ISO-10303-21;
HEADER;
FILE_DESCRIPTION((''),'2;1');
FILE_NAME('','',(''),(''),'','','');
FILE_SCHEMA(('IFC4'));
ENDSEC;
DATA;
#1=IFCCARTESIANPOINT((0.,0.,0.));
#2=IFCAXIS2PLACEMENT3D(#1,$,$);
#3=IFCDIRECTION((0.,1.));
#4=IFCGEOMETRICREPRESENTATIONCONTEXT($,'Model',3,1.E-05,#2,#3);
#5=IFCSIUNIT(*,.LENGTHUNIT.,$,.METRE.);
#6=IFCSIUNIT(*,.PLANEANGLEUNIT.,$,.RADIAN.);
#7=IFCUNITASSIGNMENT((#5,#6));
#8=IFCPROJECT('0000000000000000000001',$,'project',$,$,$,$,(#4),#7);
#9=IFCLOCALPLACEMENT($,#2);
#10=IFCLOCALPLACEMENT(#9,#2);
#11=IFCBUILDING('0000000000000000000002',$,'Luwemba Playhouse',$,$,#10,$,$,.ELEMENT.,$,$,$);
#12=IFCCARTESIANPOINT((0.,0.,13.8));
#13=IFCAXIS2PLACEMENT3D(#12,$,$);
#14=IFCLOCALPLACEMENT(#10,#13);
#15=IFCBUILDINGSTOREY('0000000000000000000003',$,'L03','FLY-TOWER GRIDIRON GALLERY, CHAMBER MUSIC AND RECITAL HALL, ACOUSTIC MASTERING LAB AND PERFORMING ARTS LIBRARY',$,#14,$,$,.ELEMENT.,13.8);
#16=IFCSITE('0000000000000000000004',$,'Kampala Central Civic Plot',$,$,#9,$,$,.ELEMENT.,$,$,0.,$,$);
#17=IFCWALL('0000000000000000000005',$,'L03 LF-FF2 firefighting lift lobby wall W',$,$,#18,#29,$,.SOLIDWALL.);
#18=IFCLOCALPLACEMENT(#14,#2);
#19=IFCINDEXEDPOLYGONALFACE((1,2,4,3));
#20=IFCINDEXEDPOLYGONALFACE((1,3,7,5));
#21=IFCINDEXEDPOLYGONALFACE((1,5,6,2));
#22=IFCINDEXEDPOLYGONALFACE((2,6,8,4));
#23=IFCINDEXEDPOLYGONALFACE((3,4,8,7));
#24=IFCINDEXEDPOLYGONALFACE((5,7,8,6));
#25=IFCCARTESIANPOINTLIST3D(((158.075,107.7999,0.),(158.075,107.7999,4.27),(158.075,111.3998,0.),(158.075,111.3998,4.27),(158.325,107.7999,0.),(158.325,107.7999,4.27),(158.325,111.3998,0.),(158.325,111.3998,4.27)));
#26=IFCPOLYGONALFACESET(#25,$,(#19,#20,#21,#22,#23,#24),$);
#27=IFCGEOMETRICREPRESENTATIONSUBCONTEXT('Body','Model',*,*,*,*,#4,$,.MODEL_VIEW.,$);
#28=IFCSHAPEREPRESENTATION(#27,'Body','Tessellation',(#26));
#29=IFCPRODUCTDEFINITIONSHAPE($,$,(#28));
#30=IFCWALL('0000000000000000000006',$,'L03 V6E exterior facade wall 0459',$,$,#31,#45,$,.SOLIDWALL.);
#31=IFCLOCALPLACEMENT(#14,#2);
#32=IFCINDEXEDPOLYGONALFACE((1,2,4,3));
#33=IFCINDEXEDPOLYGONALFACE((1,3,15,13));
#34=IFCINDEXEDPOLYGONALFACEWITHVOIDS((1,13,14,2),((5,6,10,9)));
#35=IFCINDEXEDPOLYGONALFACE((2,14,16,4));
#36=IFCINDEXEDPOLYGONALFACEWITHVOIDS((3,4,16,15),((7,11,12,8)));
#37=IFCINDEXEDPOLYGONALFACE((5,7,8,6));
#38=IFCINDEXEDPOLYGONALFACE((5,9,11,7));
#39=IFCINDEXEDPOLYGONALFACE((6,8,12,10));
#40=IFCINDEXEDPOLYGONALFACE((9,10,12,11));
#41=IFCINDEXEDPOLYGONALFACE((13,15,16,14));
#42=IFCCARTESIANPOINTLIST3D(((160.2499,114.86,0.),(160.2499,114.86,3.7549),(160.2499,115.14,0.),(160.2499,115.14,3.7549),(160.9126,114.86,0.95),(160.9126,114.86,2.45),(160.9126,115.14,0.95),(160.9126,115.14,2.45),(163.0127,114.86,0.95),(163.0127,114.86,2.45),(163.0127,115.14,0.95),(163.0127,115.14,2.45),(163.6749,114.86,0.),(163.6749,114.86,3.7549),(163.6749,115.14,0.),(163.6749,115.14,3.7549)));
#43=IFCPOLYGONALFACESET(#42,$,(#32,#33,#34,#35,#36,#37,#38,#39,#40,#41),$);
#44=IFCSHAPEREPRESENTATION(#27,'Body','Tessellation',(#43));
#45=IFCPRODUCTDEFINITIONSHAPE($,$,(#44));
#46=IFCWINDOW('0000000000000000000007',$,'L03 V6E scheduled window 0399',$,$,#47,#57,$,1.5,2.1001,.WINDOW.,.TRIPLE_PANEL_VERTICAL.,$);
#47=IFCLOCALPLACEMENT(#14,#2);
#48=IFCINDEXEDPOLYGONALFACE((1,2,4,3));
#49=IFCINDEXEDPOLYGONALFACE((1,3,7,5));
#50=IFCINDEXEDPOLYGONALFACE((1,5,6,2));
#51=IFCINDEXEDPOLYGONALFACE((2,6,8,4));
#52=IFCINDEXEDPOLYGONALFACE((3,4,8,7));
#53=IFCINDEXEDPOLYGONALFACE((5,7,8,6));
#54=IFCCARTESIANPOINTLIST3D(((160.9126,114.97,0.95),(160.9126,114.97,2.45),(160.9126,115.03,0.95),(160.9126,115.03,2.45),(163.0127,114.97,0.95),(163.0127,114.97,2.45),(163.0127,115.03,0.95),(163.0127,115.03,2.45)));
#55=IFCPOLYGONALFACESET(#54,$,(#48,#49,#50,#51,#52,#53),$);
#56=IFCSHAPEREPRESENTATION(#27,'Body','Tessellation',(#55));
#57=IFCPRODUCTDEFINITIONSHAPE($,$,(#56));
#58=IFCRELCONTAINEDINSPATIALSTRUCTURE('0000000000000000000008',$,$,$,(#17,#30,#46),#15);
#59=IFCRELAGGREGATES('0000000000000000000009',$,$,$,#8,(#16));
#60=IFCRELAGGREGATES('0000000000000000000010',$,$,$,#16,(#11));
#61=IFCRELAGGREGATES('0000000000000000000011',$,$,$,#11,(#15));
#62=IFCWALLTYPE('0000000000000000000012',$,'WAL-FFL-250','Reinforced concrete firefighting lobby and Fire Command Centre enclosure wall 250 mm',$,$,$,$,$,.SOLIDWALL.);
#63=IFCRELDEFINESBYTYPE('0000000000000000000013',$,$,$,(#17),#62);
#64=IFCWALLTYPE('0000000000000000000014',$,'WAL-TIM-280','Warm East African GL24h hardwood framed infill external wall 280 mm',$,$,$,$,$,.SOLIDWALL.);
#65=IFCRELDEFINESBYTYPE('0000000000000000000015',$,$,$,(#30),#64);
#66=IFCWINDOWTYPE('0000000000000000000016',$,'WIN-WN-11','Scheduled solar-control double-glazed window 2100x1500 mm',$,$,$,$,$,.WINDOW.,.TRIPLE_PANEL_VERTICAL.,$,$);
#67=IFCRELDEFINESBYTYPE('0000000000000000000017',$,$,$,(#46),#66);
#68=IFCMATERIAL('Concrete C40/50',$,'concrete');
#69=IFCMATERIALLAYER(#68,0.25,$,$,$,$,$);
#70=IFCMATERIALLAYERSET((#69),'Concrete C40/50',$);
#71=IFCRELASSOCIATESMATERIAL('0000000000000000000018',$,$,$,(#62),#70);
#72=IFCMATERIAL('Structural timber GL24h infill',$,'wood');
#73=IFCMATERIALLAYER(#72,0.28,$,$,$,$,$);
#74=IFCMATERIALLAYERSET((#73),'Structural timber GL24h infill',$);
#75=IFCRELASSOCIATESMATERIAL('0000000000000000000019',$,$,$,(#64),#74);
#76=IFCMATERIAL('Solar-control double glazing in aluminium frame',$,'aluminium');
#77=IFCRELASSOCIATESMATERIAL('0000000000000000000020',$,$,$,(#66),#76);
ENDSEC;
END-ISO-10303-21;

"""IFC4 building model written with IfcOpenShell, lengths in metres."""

from ifc_helpers import new_model, si_unit, direction, frame, frame_2d, origin, place, context, subcontext, project, spatial, rectangle, extrude, material, layer, layer_set, type_object, element, fill, save


model = new_model("IFC4")

# Units and contexts
model_context = context("Model", 3, precision=1e-05, world=origin(), true_north=direction((0.0, 1.0)))
body_context = subcontext(model_context, "Body", "Model", "MODEL_VIEW")
ifc_project = project(units=[si_unit("LENGTHUNIT", "METRE"), si_unit("PLANEANGLEUNIT", "RADIAN")], contexts=[model_context])

# Site, building, storey
site_placement = place(None, origin())
site = spatial("IfcSite", under=ifc_project, at=site_placement, Name="Kampala Central Civic Plot", CompositionType="ELEMENT", RefElevation=0.0)
building_placement = place(site_placement, origin())
building = spatial("IfcBuilding", under=site, at=building_placement, Name="Luwemba Playhouse", CompositionType="ELEMENT")
storey_placement = place(building_placement, frame((0.0, 0.0, 13.8)))
storey = spatial("IfcBuildingStorey", under=building, at=storey_placement, Name="L03", Description="FLY-TOWER GRIDIRON GALLERY, CHAMBER MUSIC AND RECITAL HALL, ACOUSTIC MASTERING LAB AND PERFORMING ARTS LIBRARY", CompositionType="ELEMENT", Elevation=13.8)

# Shared definitions
ifc_material_1 = material(Name="Concrete C40/50", Category="concrete")

# Shared definitions
ifc_material_2 = material(Name="Solar-control double glazing in aluminium frame", Category="aluminium")

# Wall
ifc_layer_1 = layer(ifc_material_1, 0.25)
ifc_layer_set_1 = layer_set([ifc_layer_1], Name="Concrete C40/50")
wall_type_1 = type_object("IfcWallType", Name="WAL-FFL-250", Description="Reinforced concrete firefighting lobby and Fire Command Centre enclosure wall 250 mm", PredefinedType="SOLIDWALL", material=ifc_layer_set_1)
wall_1_placement = place(storey_placement, frame((158.2, 107.8, 0.0), z_axis=(0.0, 0.0, 1.0), x_axis=(0.0, 1.0, 0.0)))
element("IfcWall", 1, at=wall_1_placement, inside=storey, type_object=wall_type_1, Name="L03 LF-FF2 firefighting lift lobby wall W", PredefinedType="SOLIDWALL", context=body_context, shape_type="SweptSolid", body=[
    extrude(rectangle(XDim=3.5999, YDim=0.25, at=frame_2d((1.7998, 0.0))), origin(), (0.0, 0.0, 1.0), 4.27),
])

# Wall, opening, window
ifc_material_3 = material(Name="Structural timber GL24h infill", Category="wood")
ifc_layer_2 = layer(ifc_material_3, 0.28)
ifc_layer_set_2 = layer_set([ifc_layer_2], Name="Structural timber GL24h infill")
wall_type_2 = type_object("IfcWallType", Name="WAL-TIM-280", Description="Warm East African GL24h hardwood framed infill external wall 280 mm", PredefinedType="SOLIDWALL", material=ifc_layer_set_2)
wall_2_placement = place(storey_placement, frame((160.25, 115.0, 0.0), z_axis=(0.0, 0.0, 1.0), x_axis=(1.0, 0.0, 0.0)))
wall_2 = element("IfcWall", 2, at=wall_2_placement, inside=storey, type_object=wall_type_2, Name="L03 V6E exterior facade wall 0459", PredefinedType="SOLIDWALL", context=body_context, shape_type="SweptSolid", body=[
    extrude(rectangle(XDim=3.425, YDim=0.28, at=frame_2d((1.7124, 0.0))), origin(), (0.0, 0.0, 1.0), 3.7549),
])
opening_1_placement = place(wall_2_placement, frame((0.6626, 0.0, 0.95)))
opening_1 = element("IfcOpeningElement", 3, at=opening_1_placement, cuts=wall_2, PredefinedType="OPENING", context=body_context, shape_type="SweptSolid", body=[
    extrude(rectangle(XDim=2.1001, YDim=1.5, at=frame_2d((1.05, 0.75))), frame((0.0, 0.1499, 0.0), z_axis=(0.0, -1.0, 0.0), x_axis=(1.0, 0.0, 0.0)), (0.0, 0.0, 1.0), 0.3),
])
window_type_1 = type_object("IfcWindowType", Name="WIN-WN-11", Description="Scheduled solar-control double-glazed window 2100x1500 mm", PartitioningType="TRIPLE_PANEL_VERTICAL", PredefinedType="WINDOW", material=ifc_material_2)
window_1_placement = place(opening_1_placement, origin())
window_1 = element("IfcWindow", 4, at=window_1_placement, inside=storey, type_object=window_type_1, Name="L03 V6E scheduled window 0399", OverallHeight=1.5, OverallWidth=2.1001, PartitioningType="TRIPLE_PANEL_VERTICAL", PredefinedType="WINDOW", context=body_context, shape_type="SweptSolid", body=[
    extrude(rectangle(XDim=2.1001, YDim=1.5, at=frame_2d((1.05, 0.75))), frame((0.0, 0.03, 0.0), z_axis=(0.0, -1.0, 0.0), x_axis=(1.0, 0.0, 0.0)), (0.0, 0.0, 1.0), 0.0601),
])
fill(opening_1, window_1)

save(model, "model.ifc")
